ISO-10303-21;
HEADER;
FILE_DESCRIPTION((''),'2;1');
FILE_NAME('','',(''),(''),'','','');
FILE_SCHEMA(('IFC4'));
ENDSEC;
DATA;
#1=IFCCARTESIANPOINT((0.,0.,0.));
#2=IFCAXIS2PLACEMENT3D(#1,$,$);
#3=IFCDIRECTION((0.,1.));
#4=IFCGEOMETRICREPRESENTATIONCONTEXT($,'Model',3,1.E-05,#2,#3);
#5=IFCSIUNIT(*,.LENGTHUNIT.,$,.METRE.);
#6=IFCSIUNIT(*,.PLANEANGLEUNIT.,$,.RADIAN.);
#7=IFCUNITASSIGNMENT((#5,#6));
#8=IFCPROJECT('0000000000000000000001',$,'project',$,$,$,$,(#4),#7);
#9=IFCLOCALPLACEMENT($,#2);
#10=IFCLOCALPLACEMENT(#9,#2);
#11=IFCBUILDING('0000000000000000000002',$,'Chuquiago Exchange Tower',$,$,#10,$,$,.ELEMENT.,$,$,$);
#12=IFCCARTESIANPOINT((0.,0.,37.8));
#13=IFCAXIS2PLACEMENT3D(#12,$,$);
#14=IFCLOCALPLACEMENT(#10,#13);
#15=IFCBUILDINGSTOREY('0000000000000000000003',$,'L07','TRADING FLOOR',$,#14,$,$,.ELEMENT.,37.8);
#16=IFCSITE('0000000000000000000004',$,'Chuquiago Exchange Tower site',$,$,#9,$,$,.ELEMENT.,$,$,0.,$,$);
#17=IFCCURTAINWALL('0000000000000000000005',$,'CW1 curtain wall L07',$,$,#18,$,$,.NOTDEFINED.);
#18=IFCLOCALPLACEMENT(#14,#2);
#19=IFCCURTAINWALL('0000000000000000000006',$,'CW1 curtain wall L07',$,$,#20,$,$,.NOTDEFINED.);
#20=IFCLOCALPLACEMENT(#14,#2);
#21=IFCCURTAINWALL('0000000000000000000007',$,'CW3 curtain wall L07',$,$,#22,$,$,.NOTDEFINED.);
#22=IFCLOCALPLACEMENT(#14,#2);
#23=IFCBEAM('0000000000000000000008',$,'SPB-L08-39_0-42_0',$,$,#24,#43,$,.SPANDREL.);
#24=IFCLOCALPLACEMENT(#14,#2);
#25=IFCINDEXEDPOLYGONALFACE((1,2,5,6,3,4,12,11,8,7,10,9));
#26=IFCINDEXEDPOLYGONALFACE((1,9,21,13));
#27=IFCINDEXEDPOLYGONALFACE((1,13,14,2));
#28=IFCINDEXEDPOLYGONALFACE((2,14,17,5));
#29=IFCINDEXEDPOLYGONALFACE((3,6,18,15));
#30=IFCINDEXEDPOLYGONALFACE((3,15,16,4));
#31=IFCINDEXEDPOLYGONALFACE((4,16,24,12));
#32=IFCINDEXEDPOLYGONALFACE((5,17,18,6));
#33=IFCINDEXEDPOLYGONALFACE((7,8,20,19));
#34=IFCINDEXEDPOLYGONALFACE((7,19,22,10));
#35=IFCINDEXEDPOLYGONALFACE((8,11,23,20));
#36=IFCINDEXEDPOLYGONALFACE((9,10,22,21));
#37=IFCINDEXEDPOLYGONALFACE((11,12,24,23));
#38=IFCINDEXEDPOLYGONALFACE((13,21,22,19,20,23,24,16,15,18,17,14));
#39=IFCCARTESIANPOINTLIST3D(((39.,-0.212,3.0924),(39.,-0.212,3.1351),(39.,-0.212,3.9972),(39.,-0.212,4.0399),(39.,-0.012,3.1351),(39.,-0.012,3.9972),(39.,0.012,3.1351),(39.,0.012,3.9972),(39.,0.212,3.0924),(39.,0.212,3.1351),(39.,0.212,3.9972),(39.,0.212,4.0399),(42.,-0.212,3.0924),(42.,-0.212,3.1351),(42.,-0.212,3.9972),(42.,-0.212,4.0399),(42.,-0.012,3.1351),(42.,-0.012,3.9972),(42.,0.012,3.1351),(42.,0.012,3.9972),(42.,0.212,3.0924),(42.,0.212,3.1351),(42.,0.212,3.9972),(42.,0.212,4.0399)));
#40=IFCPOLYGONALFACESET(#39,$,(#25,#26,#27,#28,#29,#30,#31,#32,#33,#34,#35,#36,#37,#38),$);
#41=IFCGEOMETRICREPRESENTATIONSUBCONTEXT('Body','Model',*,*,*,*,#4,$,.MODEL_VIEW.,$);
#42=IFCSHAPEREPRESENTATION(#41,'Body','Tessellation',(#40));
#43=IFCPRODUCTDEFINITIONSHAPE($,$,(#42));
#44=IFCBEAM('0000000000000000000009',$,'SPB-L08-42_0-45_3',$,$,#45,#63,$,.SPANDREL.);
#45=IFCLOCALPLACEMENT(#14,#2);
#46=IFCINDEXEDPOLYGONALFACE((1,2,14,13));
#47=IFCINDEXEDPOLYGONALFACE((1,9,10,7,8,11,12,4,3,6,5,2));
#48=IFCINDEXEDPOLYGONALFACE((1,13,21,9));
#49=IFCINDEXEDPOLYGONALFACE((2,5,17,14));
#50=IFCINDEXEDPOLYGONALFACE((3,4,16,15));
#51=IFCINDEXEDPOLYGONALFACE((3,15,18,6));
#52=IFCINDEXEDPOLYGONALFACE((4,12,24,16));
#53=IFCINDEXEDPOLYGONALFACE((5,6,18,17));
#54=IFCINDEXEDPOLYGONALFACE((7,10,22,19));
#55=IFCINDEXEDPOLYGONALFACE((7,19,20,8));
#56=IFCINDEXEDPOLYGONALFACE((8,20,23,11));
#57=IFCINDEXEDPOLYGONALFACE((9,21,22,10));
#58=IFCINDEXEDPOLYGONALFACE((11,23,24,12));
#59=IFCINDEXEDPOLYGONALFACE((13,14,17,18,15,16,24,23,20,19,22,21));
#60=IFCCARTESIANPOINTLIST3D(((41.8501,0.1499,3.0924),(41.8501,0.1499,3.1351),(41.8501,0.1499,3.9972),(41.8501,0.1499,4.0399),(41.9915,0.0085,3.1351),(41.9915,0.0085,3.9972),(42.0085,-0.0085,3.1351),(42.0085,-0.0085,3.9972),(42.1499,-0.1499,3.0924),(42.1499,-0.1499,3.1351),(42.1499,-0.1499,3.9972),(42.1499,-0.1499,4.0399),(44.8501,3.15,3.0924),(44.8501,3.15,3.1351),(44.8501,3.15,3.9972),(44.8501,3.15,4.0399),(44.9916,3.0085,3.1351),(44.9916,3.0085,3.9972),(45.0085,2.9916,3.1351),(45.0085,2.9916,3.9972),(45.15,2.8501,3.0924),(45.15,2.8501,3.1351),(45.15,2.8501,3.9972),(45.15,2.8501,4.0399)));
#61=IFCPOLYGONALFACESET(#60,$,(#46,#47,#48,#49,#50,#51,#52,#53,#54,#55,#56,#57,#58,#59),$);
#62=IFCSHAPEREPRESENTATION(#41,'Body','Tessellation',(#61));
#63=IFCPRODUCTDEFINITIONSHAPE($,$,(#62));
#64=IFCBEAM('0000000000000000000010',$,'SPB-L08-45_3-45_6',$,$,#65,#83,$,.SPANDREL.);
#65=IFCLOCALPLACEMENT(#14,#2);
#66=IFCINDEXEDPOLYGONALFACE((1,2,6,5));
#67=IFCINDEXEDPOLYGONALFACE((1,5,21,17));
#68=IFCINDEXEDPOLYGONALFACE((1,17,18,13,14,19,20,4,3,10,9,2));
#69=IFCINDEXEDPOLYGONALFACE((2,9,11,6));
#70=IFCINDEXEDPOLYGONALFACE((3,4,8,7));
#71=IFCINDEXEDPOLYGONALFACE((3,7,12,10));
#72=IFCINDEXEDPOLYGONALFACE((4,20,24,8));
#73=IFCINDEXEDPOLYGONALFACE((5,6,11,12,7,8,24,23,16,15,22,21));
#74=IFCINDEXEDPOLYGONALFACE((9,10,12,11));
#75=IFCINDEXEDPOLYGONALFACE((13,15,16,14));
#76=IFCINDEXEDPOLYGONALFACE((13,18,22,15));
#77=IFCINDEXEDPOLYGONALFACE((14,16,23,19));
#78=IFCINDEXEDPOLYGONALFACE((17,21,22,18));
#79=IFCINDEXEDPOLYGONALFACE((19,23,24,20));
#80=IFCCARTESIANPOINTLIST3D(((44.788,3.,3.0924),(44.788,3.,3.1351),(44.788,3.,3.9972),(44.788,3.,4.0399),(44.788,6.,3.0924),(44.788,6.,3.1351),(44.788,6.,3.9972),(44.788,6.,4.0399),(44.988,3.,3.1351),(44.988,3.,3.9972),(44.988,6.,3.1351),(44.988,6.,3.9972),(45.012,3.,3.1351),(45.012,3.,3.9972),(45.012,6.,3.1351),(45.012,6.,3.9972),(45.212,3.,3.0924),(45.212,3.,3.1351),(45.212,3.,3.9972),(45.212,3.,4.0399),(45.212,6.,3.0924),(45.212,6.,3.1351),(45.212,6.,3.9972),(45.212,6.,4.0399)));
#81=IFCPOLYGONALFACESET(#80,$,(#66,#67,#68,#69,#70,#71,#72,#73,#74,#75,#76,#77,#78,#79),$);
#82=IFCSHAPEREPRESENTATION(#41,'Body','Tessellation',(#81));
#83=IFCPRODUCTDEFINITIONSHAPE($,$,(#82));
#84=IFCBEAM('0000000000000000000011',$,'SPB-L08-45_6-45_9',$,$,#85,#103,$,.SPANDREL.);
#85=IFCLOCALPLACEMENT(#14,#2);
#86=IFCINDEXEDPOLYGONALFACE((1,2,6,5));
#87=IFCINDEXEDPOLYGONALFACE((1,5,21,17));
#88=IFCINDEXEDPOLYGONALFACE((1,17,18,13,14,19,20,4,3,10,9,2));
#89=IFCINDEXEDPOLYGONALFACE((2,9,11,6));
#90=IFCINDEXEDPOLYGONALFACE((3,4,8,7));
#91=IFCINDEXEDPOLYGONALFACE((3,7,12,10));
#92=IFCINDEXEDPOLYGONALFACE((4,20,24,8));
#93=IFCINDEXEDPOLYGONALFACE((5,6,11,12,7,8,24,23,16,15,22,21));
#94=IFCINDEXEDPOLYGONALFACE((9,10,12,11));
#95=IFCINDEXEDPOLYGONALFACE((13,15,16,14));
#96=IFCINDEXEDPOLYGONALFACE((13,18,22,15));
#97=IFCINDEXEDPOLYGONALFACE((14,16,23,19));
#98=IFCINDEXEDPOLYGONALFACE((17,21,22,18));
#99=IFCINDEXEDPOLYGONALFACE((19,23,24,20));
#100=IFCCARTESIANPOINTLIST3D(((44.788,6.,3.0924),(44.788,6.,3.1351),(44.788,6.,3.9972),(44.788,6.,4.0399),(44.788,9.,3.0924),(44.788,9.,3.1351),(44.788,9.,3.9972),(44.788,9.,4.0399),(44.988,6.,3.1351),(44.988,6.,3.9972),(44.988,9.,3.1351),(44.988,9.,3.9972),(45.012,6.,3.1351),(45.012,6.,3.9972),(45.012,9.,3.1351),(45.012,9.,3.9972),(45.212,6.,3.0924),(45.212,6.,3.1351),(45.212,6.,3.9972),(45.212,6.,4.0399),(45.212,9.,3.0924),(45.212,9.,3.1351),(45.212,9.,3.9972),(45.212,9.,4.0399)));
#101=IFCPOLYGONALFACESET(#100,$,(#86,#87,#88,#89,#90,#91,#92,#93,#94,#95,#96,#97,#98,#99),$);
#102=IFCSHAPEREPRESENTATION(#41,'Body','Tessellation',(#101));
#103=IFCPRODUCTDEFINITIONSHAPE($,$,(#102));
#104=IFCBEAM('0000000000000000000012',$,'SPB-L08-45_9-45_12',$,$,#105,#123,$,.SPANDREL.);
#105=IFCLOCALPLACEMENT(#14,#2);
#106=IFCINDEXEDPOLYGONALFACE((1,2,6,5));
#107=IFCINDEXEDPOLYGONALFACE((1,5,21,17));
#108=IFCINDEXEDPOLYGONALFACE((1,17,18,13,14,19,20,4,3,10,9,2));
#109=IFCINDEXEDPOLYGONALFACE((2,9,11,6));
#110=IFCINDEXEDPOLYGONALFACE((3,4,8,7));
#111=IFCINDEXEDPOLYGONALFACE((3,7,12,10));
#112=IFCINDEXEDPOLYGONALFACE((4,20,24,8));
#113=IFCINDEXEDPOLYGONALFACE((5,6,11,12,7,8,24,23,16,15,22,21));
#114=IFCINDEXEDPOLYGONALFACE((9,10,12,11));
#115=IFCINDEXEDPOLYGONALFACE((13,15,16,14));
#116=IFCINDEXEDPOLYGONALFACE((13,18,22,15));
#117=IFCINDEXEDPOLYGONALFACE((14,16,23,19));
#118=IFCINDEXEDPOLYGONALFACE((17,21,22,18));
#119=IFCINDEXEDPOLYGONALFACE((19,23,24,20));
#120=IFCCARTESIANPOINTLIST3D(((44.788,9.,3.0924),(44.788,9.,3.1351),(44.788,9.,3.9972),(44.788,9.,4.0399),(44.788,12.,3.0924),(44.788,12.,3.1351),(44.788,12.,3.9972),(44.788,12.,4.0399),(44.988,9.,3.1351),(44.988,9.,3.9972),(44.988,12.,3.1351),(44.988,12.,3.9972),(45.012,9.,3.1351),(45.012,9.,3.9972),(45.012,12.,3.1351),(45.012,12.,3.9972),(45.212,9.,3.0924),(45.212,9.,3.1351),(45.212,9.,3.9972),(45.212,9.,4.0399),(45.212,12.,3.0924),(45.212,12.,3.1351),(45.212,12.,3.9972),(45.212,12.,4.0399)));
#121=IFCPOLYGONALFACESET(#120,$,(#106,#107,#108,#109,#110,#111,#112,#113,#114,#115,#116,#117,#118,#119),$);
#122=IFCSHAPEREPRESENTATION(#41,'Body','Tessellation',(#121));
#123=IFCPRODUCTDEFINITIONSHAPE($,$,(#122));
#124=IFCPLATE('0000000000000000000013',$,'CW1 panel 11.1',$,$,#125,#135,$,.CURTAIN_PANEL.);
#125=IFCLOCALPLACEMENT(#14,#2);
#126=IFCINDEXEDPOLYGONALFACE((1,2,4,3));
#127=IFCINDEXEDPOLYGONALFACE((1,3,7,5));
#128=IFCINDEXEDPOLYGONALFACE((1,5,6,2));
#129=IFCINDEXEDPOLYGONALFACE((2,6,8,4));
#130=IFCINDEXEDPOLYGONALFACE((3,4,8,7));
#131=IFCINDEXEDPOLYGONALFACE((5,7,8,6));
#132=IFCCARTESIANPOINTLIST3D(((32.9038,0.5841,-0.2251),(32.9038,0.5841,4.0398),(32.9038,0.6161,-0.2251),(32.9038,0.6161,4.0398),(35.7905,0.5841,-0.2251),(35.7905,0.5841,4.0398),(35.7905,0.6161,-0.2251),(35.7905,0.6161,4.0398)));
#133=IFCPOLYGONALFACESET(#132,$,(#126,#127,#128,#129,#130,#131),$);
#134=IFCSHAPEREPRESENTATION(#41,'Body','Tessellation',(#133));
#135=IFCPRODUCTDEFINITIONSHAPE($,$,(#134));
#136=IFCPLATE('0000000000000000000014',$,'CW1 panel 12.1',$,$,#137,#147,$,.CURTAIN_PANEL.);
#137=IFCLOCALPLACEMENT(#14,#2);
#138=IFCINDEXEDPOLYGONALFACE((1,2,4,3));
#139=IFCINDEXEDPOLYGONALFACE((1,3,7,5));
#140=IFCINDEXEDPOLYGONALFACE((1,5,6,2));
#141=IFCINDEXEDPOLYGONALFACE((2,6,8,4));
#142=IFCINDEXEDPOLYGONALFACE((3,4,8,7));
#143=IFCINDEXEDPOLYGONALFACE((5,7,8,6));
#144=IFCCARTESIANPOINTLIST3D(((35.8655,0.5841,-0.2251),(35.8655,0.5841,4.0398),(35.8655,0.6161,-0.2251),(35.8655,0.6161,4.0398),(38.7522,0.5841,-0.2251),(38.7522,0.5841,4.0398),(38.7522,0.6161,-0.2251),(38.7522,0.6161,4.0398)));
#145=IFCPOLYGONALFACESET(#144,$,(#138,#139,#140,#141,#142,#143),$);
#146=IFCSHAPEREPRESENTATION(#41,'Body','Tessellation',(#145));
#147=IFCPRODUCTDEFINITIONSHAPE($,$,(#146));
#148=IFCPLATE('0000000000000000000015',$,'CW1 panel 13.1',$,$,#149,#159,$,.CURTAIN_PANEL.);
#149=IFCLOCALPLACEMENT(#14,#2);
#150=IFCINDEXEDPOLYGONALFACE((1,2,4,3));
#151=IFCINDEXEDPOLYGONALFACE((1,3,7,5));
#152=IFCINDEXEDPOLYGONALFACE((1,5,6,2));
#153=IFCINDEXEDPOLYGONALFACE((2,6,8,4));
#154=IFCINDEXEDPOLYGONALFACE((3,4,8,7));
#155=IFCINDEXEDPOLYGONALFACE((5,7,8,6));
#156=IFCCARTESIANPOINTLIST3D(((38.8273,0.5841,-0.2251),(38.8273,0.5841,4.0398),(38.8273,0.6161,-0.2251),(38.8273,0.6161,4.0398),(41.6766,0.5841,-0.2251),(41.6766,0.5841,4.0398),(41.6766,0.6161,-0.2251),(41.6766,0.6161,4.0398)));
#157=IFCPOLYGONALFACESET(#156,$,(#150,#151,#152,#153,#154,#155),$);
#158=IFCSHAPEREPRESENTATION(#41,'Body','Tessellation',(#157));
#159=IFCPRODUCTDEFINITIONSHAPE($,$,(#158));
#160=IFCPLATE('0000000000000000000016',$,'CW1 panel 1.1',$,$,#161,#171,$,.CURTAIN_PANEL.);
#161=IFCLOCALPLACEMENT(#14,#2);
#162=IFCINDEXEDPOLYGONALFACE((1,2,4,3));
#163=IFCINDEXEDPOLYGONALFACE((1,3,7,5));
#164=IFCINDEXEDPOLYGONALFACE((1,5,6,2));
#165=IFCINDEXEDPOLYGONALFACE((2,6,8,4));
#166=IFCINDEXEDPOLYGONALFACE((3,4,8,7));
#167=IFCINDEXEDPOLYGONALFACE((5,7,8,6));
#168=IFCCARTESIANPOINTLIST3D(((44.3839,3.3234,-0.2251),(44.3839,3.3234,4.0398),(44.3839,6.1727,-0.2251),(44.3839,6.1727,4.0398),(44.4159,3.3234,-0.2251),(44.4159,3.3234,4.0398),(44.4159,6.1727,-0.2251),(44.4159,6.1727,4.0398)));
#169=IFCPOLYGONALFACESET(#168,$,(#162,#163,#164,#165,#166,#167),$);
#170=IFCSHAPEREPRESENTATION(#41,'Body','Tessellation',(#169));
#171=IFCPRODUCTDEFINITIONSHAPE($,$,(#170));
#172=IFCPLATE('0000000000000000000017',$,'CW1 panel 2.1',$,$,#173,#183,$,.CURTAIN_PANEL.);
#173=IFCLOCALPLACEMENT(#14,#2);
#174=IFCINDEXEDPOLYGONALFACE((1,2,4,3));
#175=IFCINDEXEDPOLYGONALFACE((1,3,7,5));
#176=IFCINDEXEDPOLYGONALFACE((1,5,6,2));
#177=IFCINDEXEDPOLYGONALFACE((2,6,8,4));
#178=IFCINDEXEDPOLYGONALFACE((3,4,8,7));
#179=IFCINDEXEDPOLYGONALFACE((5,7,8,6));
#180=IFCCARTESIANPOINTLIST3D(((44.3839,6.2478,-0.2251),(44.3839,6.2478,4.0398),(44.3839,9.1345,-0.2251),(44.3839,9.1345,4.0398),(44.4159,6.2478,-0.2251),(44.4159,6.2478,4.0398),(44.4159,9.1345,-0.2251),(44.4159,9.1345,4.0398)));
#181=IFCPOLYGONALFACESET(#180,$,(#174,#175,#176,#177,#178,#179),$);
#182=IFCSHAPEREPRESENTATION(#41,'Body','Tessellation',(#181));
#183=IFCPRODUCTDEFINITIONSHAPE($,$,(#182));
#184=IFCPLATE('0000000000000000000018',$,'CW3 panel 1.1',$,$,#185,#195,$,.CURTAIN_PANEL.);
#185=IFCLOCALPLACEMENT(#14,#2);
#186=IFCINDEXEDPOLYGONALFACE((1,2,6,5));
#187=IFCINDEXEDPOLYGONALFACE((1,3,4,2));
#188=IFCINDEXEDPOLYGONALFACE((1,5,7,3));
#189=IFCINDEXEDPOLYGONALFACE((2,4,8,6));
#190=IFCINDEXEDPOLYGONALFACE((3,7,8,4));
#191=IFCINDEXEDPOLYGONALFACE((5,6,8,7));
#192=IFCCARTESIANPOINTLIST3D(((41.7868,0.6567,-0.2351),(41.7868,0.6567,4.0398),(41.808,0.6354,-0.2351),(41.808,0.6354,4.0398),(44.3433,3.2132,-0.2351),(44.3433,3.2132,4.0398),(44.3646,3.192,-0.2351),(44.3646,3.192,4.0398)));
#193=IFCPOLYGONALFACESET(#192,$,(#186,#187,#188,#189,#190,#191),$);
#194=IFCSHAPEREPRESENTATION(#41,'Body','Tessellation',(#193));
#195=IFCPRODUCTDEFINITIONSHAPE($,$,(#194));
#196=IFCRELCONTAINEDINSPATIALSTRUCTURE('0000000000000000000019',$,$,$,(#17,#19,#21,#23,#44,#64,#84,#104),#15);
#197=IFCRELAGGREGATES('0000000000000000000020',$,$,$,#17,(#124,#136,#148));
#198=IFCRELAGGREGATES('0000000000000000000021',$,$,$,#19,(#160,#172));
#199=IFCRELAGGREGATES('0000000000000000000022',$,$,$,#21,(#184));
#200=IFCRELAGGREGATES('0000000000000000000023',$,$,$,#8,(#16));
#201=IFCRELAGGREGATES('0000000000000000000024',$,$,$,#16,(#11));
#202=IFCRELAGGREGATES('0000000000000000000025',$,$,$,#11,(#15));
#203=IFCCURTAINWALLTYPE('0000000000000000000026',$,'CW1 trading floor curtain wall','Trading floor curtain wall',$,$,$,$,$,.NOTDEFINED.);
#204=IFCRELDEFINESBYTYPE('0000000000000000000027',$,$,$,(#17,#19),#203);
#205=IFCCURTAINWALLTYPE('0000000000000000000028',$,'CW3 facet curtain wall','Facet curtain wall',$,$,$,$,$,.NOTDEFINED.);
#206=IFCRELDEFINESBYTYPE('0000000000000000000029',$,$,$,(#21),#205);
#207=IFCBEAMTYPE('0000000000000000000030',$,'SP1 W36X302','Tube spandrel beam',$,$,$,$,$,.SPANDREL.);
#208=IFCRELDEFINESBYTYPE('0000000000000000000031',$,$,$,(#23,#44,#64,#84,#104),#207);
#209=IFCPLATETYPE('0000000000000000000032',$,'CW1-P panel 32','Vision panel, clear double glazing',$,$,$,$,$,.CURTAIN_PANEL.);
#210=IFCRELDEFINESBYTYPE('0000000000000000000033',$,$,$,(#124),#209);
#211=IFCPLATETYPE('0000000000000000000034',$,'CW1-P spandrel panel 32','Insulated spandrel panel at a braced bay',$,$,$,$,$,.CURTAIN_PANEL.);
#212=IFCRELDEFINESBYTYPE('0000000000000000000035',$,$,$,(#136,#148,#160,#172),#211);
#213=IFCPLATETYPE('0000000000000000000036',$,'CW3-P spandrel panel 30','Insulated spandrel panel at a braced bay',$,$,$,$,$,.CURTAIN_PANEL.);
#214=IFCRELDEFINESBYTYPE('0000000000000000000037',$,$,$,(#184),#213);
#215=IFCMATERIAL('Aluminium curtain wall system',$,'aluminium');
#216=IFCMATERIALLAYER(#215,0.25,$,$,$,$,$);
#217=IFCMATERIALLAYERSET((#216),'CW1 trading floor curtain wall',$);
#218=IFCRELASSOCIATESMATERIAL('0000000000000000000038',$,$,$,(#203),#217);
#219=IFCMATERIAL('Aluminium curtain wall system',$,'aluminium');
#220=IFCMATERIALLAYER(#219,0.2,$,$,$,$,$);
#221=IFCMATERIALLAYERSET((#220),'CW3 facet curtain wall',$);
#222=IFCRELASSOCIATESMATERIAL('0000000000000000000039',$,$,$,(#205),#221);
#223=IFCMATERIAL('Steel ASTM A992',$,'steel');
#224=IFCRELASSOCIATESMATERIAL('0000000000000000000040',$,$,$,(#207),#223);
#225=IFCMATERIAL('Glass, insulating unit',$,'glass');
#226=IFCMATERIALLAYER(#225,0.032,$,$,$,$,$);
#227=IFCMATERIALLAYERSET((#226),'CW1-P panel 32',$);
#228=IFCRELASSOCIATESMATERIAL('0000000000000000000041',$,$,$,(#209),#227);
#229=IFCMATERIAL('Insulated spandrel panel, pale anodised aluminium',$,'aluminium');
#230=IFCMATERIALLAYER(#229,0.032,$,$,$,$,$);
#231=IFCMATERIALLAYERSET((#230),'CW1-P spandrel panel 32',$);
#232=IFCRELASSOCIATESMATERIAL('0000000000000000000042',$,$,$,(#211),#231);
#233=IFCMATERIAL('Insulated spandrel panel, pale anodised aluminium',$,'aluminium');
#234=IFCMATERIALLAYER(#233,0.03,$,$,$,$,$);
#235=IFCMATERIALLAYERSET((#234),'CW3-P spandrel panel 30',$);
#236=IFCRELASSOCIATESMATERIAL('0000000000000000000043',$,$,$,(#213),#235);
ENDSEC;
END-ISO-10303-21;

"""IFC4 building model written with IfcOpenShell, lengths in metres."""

from ifc_helpers import new_model, si_unit, direction, frame, origin, origin_2d, place, context, subcontext, project, spatial, rectangle, i_section, extrude, material, layer, layer_set, material_profile, profile_set, type_object, element, aggregate, save


model = new_model("IFC4")

# Units and contexts
model_context = context("Model", 3, precision=1e-05, world=origin(), true_north=direction((0.0, 1.0)))
body_context = subcontext(model_context, "Body", "Model", "MODEL_VIEW")
ifc_project = project(units=[si_unit("LENGTHUNIT", "METRE"), si_unit("PLANEANGLEUNIT", "RADIAN")], contexts=[model_context])

# Site, building, storey
site_placement = place(None, origin())
site = spatial("IfcSite", under=ifc_project, at=site_placement, Name="Chuquiago Exchange Tower site", CompositionType="ELEMENT", RefElevation=0.0)
building_placement = place(site_placement, origin())
building = spatial("IfcBuilding", under=site, at=building_placement, Name="Chuquiago Exchange Tower", CompositionType="ELEMENT")
storey_placement = place(building_placement, frame((0.0, 0.0, 37.8)))
storey = spatial("IfcBuildingStorey", under=building, at=storey_placement, Name="L07", Description="TRADING FLOOR", CompositionType="ELEMENT", Elevation=37.8)

# Curtain walls
ifc_material_1 = material(Name="Aluminium curtain wall system", Category="aluminium")
ifc_layer_1 = layer(ifc_material_1, 0.25)
ifc_layer_set_1 = layer_set([ifc_layer_1], Name="CW1 trading floor curtain wall")
curtain_wall_type_1 = type_object("IfcCurtainWallType", Name="CW1 trading floor curtain wall", Description="Trading floor curtain wall", PredefinedType="NOTDEFINED", material=ifc_layer_set_1)
curtain_wall_1_placement = place(storey_placement, origin())
curtain_wall_1 = element("IfcCurtainWall", 1, at=curtain_wall_1_placement, inside=storey, type_object=curtain_wall_type_1, Name="CW1 curtain wall L07", PredefinedType="NOTDEFINED")
curtain_wall_2_placement = place(storey_placement, origin())
curtain_wall_2 = element("IfcCurtainWall", 2, at=curtain_wall_2_placement, inside=storey, type_object=curtain_wall_type_1, Name="CW1 curtain wall L07", PredefinedType="NOTDEFINED")

# Curtain wall
ifc_material_2 = material(Name="Aluminium curtain wall system", Category="aluminium")
ifc_layer_2 = layer(ifc_material_2, 0.2)
ifc_layer_set_2 = layer_set([ifc_layer_2], Name="CW3 facet curtain wall")
curtain_wall_type_2 = type_object("IfcCurtainWallType", Name="CW3 facet curtain wall", Description="Facet curtain wall", PredefinedType="NOTDEFINED", material=ifc_layer_set_2)
curtain_wall_3_placement = place(storey_placement, origin())
curtain_wall_3 = element("IfcCurtainWall", 3, at=curtain_wall_3_placement, inside=storey, type_object=curtain_wall_type_2, Name="CW3 curtain wall L07", PredefinedType="NOTDEFINED")

# Beams
ifc_material_3 = material(Name="Steel ASTM A992", Category="steel")
ifc_material_profile_1 = material_profile(ifc_material_3, i_section(OverallWidth=0.4241, OverallDepth=0.9475, WebThickness=0.0239, FlangeThickness=0.0427, at=origin_2d()), Name="W36X302")
ifc_profile_set_1 = profile_set([ifc_material_profile_1], Name="Steel ASTM A992")
beam_type = type_object("IfcBeamType", Name="SP1 W36X302", Description="Tube spandrel beam", PredefinedType="SPANDREL", material=ifc_profile_set_1)
for number, where, z_axis, x_axis, name in (
    (4, (39.0, 0.0, 3.5662), (1.0, 0.0, 0.0), (0.0, 1.0, 0.0), "SPB-L08-39_0-42_0"),
):
    element("IfcBeam", number, at=place(storey_placement, frame(where, z_axis=z_axis, x_axis=x_axis)), inside=storey, type_object=beam_type, Name=name, PredefinedType="SPANDREL", context=body_context, shape_type="SweptSolid", body=[
        extrude(i_section(OverallWidth=0.4241, OverallDepth=0.9475, WebThickness=0.0239, FlangeThickness=0.0427, at=origin_2d()), origin(), (0.0, 0.0, 1.0), 3.0),
    ])
beam_placement = place(storey_placement, frame((42.0, 0.0, 3.5662), z_axis=(0.707107, 0.707107, 0.0), x_axis=(-0.707107, 0.707107, 0.0)))
element("IfcBeam", 5, at=beam_placement, inside=storey, type_object=beam_type, Name="SPB-L08-42_0-45_3", PredefinedType="SPANDREL", context=body_context, shape_type="SweptSolid", body=[
    extrude(i_section(OverallWidth=0.4241, OverallDepth=0.9475, WebThickness=0.0239, FlangeThickness=0.0427, at=origin_2d()), origin(), (0.0, 0.0, 1.0), 4.2427),
])
for number, where, z_axis, x_axis, name in (
    (6, (45.0, 3.0, 3.5662), (0.0, 1.0, 0.0), (-1.0, 0.0, 0.0), "SPB-L08-45_3-45_6"),
    (7, (45.0, 6.0, 3.5662), (0.0, 1.0, 0.0), (-1.0, 0.0, 0.0), "SPB-L08-45_6-45_9"),
    (8, (45.0, 9.0, 3.5662), (0.0, 1.0, 0.0), (-1.0, 0.0, 0.0), "SPB-L08-45_9-45_12"),
):
    element("IfcBeam", number, at=place(storey_placement, frame(where, z_axis=z_axis, x_axis=x_axis)), inside=storey, type_object=beam_type, Name=name, PredefinedType="SPANDREL", context=body_context, shape_type="SweptSolid", body=[
        extrude(i_section(OverallWidth=0.4241, OverallDepth=0.9475, WebThickness=0.0239, FlangeThickness=0.0427, at=origin_2d()), origin(), (0.0, 0.0, 1.0), 3.0),
    ])

# Plates
ifc_material_4 = material(Name="Glass, insulating unit", Category="glass")
ifc_layer_3 = layer(ifc_material_4, 0.032)
ifc_layer_set_3 = layer_set([ifc_layer_3], Name="CW1-P panel 32")
plate_type_1 = type_object("IfcPlateType", Name="CW1-P panel 32", Description="Vision panel, clear double glazing", PredefinedType="CURTAIN_PANEL", material=ifc_layer_set_3)
plate_1_placement = place(storey_placement, frame((34.3472, 0.6001, -0.2251), z_axis=(0.0, 0.0, 1.0), x_axis=(1.0, 0.0, 0.0)))
plate_1 = element("IfcPlate", 9, at=plate_1_placement, type_object=plate_type_1, Name="CW1 panel 11.1", PredefinedType="CURTAIN_PANEL", context=body_context, shape_type="SweptSolid", body=[
    extrude(rectangle(XDim=2.8867, YDim=0.032, at=origin_2d()), origin(), (0.0, 0.0, 1.0), 4.2649),
])
ifc_material_5 = material(Name="Insulated spandrel panel, pale anodised aluminium", Category="aluminium")
ifc_layer_4 = layer(ifc_material_5, 0.032)
ifc_layer_set_4 = layer_set([ifc_layer_4], Name="CW1-P spandrel panel 32")
plate_type_2 = type_object("IfcPlateType", Name="CW1-P spandrel panel 32", Description="Insulated spandrel panel at a braced bay", PredefinedType="CURTAIN_PANEL", material=ifc_layer_set_4)
plate_2_placement = place(storey_placement, frame((37.3088, 0.6001, -0.2251), z_axis=(0.0, 0.0, 1.0), x_axis=(1.0, 0.0, 0.0)))
plate_2 = element("IfcPlate", 10, at=plate_2_placement, type_object=plate_type_2, Name="CW1 panel 12.1", PredefinedType="CURTAIN_PANEL", context=body_context, shape_type="SweptSolid", body=[
    extrude(rectangle(XDim=2.8867, YDim=0.032, at=origin_2d()), origin(), (0.0, 0.0, 1.0), 4.2649),
])
plate_3_placement = place(storey_placement, frame((40.252, 0.6001, -0.2251), z_axis=(0.0, 0.0, 1.0), x_axis=(1.0, 0.0, 0.0)))
plate_3 = element("IfcPlate", 11, at=plate_3_placement, type_object=plate_type_2, Name="CW1 panel 13.1", PredefinedType="CURTAIN_PANEL", context=body_context, shape_type="SweptSolid", body=[
    extrude(rectangle(XDim=2.8494, YDim=0.032, at=origin_2d()), origin(), (0.0, 0.0, 1.0), 4.2649),
])
aggregate(curtain_wall_1, [plate_1, plate_2, plate_3])
plate_4_placement = place(storey_placement, frame((44.3999, 4.748, -0.2251), z_axis=(0.0, 0.0, 1.0), x_axis=(0.0, 1.0, 0.0)))
plate_4 = element("IfcPlate", 12, at=plate_4_placement, type_object=plate_type_2, Name="CW1 panel 1.1", PredefinedType="CURTAIN_PANEL", context=body_context, shape_type="SweptSolid", body=[
    extrude(rectangle(XDim=2.8494, YDim=0.032, at=origin_2d()), origin(), (0.0, 0.0, 1.0), 4.2649),
])
plate_5_placement = place(storey_placement, frame((44.3999, 7.6912, -0.2251), z_axis=(0.0, 0.0, 1.0), x_axis=(0.0, 1.0, 0.0)))
plate_5 = element("IfcPlate", 13, at=plate_5_placement, type_object=plate_type_2, Name="CW1 panel 2.1", PredefinedType="CURTAIN_PANEL", context=body_context, shape_type="SweptSolid", body=[
    extrude(rectangle(XDim=2.8867, YDim=0.032, at=origin_2d()), origin(), (0.0, 0.0, 1.0), 4.2649),
])
aggregate(curtain_wall_2, [plate_4, plate_5])
ifc_material_6 = material(Name="Insulated spandrel panel, pale anodised aluminium", Category="aluminium")
ifc_layer_5 = layer(ifc_material_6, 0.03)
ifc_layer_set_5 = layer_set([ifc_layer_5], Name="CW3-P spandrel panel 30")
plate_type_3 = type_object("IfcPlateType", Name="CW3-P spandrel panel 30", Description="Insulated spandrel panel at a braced bay", PredefinedType="CURTAIN_PANEL", material=ifc_layer_set_5)
plate_6_placement = place(storey_placement, frame((43.0757, 1.9243, -0.2351), z_axis=(0.0, 0.0, 1.0), x_axis=(0.707107, 0.707107, 0.0)))
plate_6 = element("IfcPlate", 14, at=plate_6_placement, type_object=plate_type_3, Name="CW3 panel 1.1", PredefinedType="CURTAIN_PANEL", context=body_context, shape_type="SweptSolid", body=[
    extrude(rectangle(XDim=3.6155, YDim=0.03, at=origin_2d()), origin(), (0.0, 0.0, 1.0), 4.2749),
])
aggregate(curtain_wall_3, [plate_6])

save(model, "model.ifc")
